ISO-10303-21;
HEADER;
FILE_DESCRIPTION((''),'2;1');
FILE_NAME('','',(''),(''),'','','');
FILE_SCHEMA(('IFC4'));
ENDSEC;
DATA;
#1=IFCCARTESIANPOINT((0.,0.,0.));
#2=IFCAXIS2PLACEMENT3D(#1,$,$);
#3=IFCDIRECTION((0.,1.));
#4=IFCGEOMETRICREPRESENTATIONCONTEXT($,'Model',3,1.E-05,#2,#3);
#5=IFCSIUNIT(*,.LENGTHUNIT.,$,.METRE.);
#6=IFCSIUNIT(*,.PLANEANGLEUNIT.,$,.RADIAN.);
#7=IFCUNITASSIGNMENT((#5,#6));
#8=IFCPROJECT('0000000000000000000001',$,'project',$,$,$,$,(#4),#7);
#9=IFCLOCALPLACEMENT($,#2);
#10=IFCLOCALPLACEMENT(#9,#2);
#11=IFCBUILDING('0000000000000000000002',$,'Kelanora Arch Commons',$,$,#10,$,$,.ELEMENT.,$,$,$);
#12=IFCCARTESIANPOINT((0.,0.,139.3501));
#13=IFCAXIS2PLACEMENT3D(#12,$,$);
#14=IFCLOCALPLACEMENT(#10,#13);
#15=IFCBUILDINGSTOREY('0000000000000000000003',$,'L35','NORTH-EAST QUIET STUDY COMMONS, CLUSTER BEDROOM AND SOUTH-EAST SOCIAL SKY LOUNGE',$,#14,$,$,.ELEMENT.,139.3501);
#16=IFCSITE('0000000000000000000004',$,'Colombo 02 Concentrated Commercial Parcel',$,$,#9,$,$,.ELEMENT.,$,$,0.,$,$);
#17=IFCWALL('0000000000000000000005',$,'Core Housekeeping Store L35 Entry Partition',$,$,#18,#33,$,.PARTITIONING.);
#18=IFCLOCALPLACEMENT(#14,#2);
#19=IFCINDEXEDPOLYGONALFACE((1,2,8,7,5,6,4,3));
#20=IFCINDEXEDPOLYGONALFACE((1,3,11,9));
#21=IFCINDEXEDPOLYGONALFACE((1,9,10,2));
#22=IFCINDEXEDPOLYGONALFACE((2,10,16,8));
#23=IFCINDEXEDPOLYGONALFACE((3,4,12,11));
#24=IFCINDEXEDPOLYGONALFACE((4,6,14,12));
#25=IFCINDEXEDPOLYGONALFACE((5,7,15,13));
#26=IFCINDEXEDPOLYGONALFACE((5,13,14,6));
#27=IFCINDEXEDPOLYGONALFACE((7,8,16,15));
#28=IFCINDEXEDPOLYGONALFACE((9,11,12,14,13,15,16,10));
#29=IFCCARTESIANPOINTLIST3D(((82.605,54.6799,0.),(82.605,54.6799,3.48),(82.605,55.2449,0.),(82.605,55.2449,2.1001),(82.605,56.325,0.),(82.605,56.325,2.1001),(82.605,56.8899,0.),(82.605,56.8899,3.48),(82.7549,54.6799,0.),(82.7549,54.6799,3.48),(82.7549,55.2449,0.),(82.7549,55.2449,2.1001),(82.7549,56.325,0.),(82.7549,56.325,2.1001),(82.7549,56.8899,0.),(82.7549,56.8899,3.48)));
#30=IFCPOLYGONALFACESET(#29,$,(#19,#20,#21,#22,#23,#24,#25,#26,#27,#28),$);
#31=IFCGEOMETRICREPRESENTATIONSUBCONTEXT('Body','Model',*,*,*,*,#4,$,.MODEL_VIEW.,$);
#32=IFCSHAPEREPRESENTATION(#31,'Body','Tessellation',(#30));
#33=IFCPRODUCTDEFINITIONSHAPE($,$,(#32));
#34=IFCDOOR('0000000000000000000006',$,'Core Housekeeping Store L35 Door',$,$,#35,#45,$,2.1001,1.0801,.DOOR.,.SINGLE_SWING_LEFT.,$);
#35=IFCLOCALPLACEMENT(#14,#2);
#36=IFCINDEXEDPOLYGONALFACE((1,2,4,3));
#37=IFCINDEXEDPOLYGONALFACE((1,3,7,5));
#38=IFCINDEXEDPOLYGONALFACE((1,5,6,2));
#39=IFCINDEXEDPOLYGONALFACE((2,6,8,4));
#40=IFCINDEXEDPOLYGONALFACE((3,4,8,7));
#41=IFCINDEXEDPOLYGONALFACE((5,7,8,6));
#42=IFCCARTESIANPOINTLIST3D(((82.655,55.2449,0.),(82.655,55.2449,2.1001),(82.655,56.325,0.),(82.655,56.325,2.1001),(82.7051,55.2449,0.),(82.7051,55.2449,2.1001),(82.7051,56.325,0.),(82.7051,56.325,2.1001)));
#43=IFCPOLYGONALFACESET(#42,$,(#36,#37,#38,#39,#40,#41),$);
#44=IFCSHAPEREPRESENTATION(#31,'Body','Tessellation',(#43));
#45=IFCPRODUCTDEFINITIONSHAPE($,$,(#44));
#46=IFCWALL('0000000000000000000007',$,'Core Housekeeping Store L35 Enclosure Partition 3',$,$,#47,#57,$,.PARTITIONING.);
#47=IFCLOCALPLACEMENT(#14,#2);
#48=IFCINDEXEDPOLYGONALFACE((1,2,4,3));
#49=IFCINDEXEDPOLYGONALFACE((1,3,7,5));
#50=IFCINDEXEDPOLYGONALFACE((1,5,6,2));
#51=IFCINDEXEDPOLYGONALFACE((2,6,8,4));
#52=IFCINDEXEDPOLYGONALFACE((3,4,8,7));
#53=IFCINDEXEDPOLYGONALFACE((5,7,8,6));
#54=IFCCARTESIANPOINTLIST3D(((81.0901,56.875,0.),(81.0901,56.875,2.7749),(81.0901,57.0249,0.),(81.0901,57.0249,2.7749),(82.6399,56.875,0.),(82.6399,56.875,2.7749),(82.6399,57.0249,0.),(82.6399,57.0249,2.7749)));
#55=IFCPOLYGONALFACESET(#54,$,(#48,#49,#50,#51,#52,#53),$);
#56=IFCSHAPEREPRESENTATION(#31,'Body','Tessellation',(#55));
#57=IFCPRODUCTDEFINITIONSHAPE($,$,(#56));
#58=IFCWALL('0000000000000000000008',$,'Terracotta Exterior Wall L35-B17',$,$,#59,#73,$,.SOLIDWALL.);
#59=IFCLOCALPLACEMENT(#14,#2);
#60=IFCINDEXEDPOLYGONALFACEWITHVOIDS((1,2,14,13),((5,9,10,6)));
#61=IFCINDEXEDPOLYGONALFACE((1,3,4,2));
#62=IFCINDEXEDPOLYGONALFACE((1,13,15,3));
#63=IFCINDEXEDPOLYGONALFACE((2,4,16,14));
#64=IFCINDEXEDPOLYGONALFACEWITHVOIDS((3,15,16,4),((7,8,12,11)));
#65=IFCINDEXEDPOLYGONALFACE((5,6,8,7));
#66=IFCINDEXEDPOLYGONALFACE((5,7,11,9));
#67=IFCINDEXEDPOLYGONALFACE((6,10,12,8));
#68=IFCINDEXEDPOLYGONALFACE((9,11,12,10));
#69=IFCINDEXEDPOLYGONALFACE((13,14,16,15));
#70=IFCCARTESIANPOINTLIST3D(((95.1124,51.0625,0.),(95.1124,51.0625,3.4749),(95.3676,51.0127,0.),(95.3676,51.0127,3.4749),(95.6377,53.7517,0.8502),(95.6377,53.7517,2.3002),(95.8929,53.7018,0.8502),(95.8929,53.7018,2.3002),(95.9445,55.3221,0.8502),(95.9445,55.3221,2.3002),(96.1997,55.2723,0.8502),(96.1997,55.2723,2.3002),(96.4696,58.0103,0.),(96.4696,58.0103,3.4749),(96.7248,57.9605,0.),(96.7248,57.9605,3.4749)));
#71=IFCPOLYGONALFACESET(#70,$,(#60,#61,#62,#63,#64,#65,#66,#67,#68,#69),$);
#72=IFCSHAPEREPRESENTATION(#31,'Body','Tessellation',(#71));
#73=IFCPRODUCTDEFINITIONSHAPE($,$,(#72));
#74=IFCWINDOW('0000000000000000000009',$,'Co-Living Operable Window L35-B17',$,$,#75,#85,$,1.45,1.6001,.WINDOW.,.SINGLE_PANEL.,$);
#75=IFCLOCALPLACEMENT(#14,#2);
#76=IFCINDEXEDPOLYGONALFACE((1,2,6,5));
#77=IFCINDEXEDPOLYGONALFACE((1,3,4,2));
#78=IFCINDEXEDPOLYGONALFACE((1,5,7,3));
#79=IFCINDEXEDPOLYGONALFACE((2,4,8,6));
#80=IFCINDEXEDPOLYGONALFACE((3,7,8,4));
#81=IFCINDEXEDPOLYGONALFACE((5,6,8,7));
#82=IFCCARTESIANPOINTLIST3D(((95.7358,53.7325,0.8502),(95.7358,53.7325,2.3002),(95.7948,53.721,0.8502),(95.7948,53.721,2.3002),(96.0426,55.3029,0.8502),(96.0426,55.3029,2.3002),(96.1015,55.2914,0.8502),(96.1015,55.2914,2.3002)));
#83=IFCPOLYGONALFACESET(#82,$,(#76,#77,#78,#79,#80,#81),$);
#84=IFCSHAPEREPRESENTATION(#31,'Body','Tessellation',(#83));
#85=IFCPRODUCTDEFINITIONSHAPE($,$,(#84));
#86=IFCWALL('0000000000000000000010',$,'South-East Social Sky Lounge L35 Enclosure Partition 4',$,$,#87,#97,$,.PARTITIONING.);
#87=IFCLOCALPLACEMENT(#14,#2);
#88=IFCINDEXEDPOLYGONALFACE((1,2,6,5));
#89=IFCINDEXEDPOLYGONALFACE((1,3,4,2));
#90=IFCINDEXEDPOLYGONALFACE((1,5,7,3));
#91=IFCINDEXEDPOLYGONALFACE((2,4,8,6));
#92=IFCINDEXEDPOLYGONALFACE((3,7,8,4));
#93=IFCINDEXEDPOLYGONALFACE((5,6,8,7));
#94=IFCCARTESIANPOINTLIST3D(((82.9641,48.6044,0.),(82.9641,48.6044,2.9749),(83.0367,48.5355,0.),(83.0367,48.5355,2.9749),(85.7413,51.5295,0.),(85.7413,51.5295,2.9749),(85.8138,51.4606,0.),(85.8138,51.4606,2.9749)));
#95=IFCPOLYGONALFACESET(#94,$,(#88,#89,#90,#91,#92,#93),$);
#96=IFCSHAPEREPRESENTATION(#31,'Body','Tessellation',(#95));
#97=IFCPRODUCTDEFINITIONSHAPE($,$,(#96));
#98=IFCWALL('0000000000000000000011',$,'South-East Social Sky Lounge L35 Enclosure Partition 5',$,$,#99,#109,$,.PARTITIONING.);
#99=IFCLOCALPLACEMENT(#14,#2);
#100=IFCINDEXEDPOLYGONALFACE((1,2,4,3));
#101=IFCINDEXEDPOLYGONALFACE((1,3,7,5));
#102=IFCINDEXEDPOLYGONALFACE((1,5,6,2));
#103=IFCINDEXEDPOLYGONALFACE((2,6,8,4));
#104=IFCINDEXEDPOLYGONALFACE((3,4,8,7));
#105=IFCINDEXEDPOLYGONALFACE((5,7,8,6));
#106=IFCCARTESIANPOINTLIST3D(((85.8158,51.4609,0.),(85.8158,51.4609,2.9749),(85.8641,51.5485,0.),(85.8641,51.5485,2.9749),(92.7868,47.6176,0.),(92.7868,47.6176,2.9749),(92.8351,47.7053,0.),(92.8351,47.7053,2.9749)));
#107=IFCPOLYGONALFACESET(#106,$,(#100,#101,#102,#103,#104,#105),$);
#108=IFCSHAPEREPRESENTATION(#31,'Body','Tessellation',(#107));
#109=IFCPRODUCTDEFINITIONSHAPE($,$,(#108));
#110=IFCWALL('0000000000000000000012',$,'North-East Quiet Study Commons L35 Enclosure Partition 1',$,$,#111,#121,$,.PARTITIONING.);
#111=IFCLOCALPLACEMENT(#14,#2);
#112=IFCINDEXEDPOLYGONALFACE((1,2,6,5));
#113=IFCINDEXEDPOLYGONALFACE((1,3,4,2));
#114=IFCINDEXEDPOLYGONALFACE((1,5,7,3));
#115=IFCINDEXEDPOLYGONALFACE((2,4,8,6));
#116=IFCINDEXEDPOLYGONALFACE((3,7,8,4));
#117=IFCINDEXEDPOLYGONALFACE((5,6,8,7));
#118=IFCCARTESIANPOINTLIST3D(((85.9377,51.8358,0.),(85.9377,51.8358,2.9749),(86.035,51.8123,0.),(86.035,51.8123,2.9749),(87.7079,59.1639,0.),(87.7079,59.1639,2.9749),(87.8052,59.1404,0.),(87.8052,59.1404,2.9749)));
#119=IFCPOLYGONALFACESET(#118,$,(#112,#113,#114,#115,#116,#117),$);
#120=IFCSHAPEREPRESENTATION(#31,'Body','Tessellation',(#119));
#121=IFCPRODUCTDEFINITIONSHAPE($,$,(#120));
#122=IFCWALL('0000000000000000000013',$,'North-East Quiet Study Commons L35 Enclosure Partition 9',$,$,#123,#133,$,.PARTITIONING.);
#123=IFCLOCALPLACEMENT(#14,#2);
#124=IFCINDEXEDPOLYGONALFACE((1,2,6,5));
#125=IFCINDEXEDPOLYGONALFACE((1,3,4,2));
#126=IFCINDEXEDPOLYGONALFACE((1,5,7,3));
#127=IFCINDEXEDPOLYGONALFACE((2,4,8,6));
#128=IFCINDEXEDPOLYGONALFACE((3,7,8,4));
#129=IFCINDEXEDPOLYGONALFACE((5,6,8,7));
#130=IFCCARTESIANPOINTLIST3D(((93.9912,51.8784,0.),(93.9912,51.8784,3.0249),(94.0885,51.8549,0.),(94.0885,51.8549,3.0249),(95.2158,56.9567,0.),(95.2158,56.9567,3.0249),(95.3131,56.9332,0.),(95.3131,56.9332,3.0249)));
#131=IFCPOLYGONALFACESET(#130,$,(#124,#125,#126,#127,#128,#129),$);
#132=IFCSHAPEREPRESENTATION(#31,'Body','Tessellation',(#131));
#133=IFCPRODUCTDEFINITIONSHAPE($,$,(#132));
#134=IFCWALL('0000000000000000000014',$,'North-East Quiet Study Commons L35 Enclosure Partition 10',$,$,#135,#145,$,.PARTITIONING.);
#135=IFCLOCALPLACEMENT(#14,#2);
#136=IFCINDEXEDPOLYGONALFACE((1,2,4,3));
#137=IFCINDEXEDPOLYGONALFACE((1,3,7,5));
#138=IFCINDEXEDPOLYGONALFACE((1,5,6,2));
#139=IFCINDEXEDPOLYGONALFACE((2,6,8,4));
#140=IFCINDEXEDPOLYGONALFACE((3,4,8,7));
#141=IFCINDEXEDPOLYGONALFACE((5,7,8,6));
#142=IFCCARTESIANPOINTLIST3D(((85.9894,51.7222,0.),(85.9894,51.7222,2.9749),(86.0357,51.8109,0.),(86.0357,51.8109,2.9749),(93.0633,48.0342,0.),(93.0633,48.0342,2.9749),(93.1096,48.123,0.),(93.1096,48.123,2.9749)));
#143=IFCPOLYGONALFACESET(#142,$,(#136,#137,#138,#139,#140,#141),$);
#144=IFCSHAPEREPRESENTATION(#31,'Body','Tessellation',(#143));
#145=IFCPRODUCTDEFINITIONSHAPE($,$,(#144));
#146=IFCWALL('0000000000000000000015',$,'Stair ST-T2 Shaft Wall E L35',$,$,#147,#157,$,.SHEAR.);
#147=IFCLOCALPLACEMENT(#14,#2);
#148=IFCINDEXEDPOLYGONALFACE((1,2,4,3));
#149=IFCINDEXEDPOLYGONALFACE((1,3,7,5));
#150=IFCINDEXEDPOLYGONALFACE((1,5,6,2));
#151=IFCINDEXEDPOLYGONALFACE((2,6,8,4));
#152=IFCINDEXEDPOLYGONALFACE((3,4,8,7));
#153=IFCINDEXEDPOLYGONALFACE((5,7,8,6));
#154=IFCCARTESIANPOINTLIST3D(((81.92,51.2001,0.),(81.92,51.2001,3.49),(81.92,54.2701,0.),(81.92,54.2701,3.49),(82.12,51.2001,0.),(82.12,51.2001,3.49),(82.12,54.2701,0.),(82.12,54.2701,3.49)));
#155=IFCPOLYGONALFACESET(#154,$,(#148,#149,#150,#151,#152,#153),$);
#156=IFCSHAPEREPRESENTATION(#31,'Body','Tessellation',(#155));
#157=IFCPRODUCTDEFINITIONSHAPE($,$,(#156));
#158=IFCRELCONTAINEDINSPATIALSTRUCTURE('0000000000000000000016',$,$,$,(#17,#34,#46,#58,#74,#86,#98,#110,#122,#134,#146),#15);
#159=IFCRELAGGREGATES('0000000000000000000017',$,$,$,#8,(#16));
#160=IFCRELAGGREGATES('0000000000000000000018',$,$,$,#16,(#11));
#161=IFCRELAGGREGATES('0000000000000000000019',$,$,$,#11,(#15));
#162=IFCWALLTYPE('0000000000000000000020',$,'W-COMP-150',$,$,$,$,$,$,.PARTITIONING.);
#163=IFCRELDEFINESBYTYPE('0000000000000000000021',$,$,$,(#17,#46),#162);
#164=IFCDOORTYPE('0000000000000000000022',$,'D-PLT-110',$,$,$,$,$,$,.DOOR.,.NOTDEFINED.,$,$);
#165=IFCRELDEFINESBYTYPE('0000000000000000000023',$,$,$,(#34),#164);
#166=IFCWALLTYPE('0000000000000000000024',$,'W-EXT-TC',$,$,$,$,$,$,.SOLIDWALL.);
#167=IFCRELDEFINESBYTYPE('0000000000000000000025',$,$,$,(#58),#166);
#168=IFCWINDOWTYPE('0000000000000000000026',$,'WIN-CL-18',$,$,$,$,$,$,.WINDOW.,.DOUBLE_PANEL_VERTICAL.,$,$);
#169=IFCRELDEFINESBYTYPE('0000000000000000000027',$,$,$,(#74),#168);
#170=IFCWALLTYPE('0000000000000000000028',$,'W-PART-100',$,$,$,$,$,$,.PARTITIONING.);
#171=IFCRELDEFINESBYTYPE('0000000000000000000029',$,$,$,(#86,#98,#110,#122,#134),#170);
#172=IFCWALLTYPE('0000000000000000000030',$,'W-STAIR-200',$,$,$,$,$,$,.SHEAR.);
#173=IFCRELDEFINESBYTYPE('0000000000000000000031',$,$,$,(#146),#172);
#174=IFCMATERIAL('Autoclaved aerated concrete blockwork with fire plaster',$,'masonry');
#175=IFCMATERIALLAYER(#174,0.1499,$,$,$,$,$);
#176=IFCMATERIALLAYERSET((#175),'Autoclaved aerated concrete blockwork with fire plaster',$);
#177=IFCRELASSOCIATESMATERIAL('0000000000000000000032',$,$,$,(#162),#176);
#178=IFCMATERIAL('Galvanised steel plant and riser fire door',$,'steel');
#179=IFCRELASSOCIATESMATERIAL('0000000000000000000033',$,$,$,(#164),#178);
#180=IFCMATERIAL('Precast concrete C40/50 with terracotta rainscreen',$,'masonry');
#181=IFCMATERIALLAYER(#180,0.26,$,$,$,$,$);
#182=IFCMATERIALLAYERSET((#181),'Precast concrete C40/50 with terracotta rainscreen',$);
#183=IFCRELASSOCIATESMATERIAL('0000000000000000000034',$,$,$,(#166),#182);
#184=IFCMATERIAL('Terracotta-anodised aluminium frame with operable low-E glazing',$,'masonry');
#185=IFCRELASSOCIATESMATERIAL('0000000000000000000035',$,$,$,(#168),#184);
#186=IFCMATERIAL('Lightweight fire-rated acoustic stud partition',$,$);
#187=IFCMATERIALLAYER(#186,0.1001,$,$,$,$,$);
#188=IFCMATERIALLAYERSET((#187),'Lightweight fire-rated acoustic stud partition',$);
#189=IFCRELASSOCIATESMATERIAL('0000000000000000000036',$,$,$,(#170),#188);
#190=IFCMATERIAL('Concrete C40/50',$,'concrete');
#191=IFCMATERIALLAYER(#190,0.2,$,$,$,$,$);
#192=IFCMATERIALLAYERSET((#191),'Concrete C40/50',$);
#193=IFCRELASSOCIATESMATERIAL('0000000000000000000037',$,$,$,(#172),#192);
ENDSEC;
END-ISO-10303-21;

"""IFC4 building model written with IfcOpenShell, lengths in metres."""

from ifc_helpers import new_model, si_unit, direction, frame, frame_2d, origin, place, context, subcontext, project, spatial, rectangle, extrude, material, layer, layer_set, type_object, element, fill, save


model = new_model("IFC4")

# Units and contexts
model_context = context("Model", 3, precision=1e-05, world=origin(), true_north=direction((0.0, 1.0)))
body_context = subcontext(model_context, "Body", "Model", "MODEL_VIEW")
ifc_project = project(units=[si_unit("LENGTHUNIT", "METRE"), si_unit("PLANEANGLEUNIT", "RADIAN")], contexts=[model_context])

# Site, building, storey
site_placement = place(None, origin())
site = spatial("IfcSite", under=ifc_project, at=site_placement, Name="Colombo 02 Concentrated Commercial Parcel", CompositionType="ELEMENT", RefElevation=0.0)
building_placement = place(site_placement, origin())
building = spatial("IfcBuilding", under=site, at=building_placement, Name="Kelanora Arch Commons", CompositionType="ELEMENT")
storey_placement = place(building_placement, frame((0.0, 0.0, 139.3501)))
storey = spatial("IfcBuildingStorey", under=building, at=storey_placement, Name="L35", Description="NORTH-EAST QUIET STUDY COMMONS, CLUSTER BEDROOM AND SOUTH-EAST SOCIAL SKY LOUNGE", CompositionType="ELEMENT", Elevation=139.3501)

# Wall, opening, door
ifc_material_1 = material(Name="Autoclaved aerated concrete blockwork with fire plaster", Category="masonry")
ifc_layer_1 = layer(ifc_material_1, 0.1499)
ifc_layer_set_1 = layer_set([ifc_layer_1], Name="Autoclaved aerated concrete blockwork with fire plaster")
wall_type_1 = type_object("IfcWallType", Name="W-COMP-150", PredefinedType="PARTITIONING", material=ifc_layer_set_1)
wall_1_placement = place(storey_placement, frame((82.6799, 54.6799, 0.0), z_axis=(0.0, 0.0, 1.0), x_axis=(0.0, 1.0, 0.0)))
wall_1 = element("IfcWall", 1, at=wall_1_placement, inside=storey, type_object=wall_type_1, Name="Core Housekeeping Store L35 Entry Partition", PredefinedType="PARTITIONING", context=body_context, shape_type="SweptSolid", body=[
    extrude(rectangle(XDim=2.21, YDim=0.1499, at=frame_2d((1.105, 0.0))), origin(), (0.0, 0.0, 1.0), 3.48),
])
opening_1_placement = place(wall_1_placement, frame((0.5649, 0.0, 0.0)))
opening_1 = element("IfcOpeningElement", 2, at=opening_1_placement, cuts=wall_1, PredefinedType="OPENING", context=body_context, shape_type="SweptSolid", body=[
    extrude(rectangle(XDim=1.0801, YDim=2.1001, at=frame_2d((0.54, 1.05))), frame((0.0, 0.085, 0.0), z_axis=(0.0, -1.0, 0.0), x_axis=(1.0, 0.0, 0.0)), (0.0, 0.0, 1.0), 0.1699),
])
ifc_material_2 = material(Name="Galvanised steel plant and riser fire door", Category="steel")
door_type = type_object("IfcDoorType", Name="D-PLT-110", OperationType="NOTDEFINED", PredefinedType="DOOR", material=ifc_material_2)
door_placement = place(opening_1_placement, origin())
door = element("IfcDoor", 3, at=door_placement, inside=storey, type_object=door_type, Name="Core Housekeeping Store L35 Door", OperationType="SINGLE_SWING_LEFT", OverallHeight=2.1001, OverallWidth=1.0801, PredefinedType="DOOR", context=body_context, shape_type="SweptSolid", body=[
    extrude(rectangle(XDim=1.0801, YDim=2.1001, at=frame_2d((0.54, 1.05))), frame((0.0, 0.0249, 0.0), z_axis=(0.0, -1.0, 0.0), x_axis=(1.0, 0.0, 0.0)), (0.0, 0.0, 1.0), 0.05),
])
fill(opening_1, door)

# Wall
wall_2_placement = place(storey_placement, frame((82.6399, 56.95, 0.0), z_axis=(0.0, 0.0, 1.0), x_axis=(-1.0, 0.0, 0.0)))
element("IfcWall", 4, at=wall_2_placement, inside=storey, type_object=wall_type_1, Name="Core Housekeeping Store L35 Enclosure Partition 3", PredefinedType="PARTITIONING", context=body_context, shape_type="SweptSolid", body=[
    extrude(rectangle(XDim=1.5498, YDim=0.1499, at=frame_2d((0.7749, 0.0))), origin(), (0.0, 0.0, 1.0), 2.7749),
])

# Wall, opening, window
ifc_material_3 = material(Name="Precast concrete C40/50 with terracotta rainscreen", Category="masonry")
ifc_layer_2 = layer(ifc_material_3, 0.26)
ifc_layer_set_2 = layer_set([ifc_layer_2], Name="Precast concrete C40/50 with terracotta rainscreen")
wall_type_2 = type_object("IfcWallType", Name="W-EXT-TC", PredefinedType="SOLIDWALL", material=ifc_layer_set_2)
wall_3_placement = place(storey_placement, frame((95.24, 51.0376, 0.0), z_axis=(0.0, 0.0, 1.0), x_axis=(0.191717, 0.98145, 0.0)))
wall_3 = element("IfcWall", 5, at=wall_3_placement, inside=storey, type_object=wall_type_2, Name="Terracotta Exterior Wall L35-B17", PredefinedType="SOLIDWALL", context=body_context, shape_type="SweptSolid", body=[
    extrude(rectangle(XDim=7.0791, YDim=0.26, at=frame_2d((3.5396, 0.0))), origin(), (0.0, 0.0, 1.0), 3.4749),
])
opening_2_placement = place(wall_3_placement, frame((2.74, 0.0, 0.8501)))
opening_2 = element("IfcOpeningElement", 6, at=opening_2_placement, cuts=wall_3, PredefinedType="OPENING", context=body_context, shape_type="SweptSolid", body=[
    extrude(rectangle(XDim=1.6001, YDim=1.45, at=frame_2d((0.8, 0.7251))), frame((0.0, 0.1401, 0.0), z_axis=(0.0, -1.0, 0.0), x_axis=(1.0, 0.0, 0.0)), (0.0, 0.0, 1.0), 0.28),
])
ifc_material_4 = material(Name="Terracotta-anodised aluminium frame with operable low-E glazing", Category="masonry")
window_type = type_object("IfcWindowType", Name="WIN-CL-18", PartitioningType="DOUBLE_PANEL_VERTICAL", PredefinedType="WINDOW", material=ifc_material_4)
window_placement = place(opening_2_placement, origin())
window = element("IfcWindow", 7, at=window_placement, inside=storey, type_object=window_type, Name="Co-Living Operable Window L35-B17", OverallHeight=1.45, OverallWidth=1.6001, PartitioningType="SINGLE_PANEL", PredefinedType="WINDOW", context=body_context, shape_type="SweptSolid", body=[
    extrude(rectangle(XDim=1.6001, YDim=1.45, at=frame_2d((0.8, 0.7251))), frame((0.0, 0.03, 0.0), z_axis=(0.0, -1.0, 0.0), x_axis=(1.0, 0.0, 0.0)), (0.0, 0.0, 1.0), 0.0601),
])
fill(opening_2, window)

# Walls
ifc_material_5 = material(Name="Lightweight fire-rated acoustic stud partition")
ifc_layer_3 = layer(ifc_material_5, 0.1001)
ifc_layer_set_3 = layer_set([ifc_layer_3], Name="Lightweight fire-rated acoustic stud partition")
wall_type_3 = type_object("IfcWallType", Name="W-PART-100", PredefinedType="PARTITIONING", material=ifc_layer_set_3)
wall_4_placement = place(storey_placement, frame((83.0005, 48.5701, 0.0), z_axis=(0.0, 0.0, 1.0), x_axis=(0.688528, 0.725209, 0.0)))
element("IfcWall", 8, at=wall_4_placement, inside=storey, type_object=wall_type_3, Name="South-East Social Sky Lounge L35 Enclosure Partition 4", PredefinedType="PARTITIONING", context=body_context, shape_type="SweptSolid", body=[
    extrude(rectangle(XDim=4.0334, YDim=0.1001, at=frame_2d((2.0166, 0.0))), origin(), (0.0, 0.0, 1.0), 2.9749),
])
wall_5_placement = place(storey_placement, frame((85.8401, 51.5046, 0.0), z_axis=(0.0, 0.0, 1.0), x_axis=(0.875725, -0.48281, 0.0)))
element("IfcWall", 9, at=wall_5_placement, inside=storey, type_object=wall_type_3, Name="South-East Social Sky Lounge L35 Enclosure Partition 5", PredefinedType="PARTITIONING", context=body_context, shape_type="SweptSolid", body=[
    extrude(rectangle(XDim=7.9602, YDim=0.1001, at=frame_2d((3.98, 0.0))), origin(), (0.0, 0.0, 1.0), 2.9749),
])
wall_6_placement = place(storey_placement, frame((85.9863, 51.824, 0.0), z_axis=(0.0, 0.0, 1.0), x_axis=(0.234817, 0.97204, 0.0)))
element("IfcWall", 10, at=wall_6_placement, inside=storey, type_object=wall_type_3, Name="North-East Quiet Study Commons L35 Enclosure Partition 1", PredefinedType="PARTITIONING", context=body_context, shape_type="SweptSolid", body=[
    extrude(rectangle(XDim=7.5388, YDim=0.1001, at=frame_2d((3.7695, 0.0))), origin(), (0.0, 0.0, 1.0), 2.9749),
])
wall_7_placement = place(storey_placement, frame((95.2644, 56.9448, 0.0), z_axis=(0.0, 0.0, 1.0), x_axis=(-0.234423, -0.972135, 0.0)))
element("IfcWall", 11, at=wall_7_placement, inside=storey, type_object=wall_type_3, Name="North-East Quiet Study Commons L35 Enclosure Partition 9", PredefinedType="PARTITIONING", context=body_context, shape_type="SweptSolid", body=[
    extrude(rectangle(XDim=5.2239, YDim=0.1001, at=frame_2d((2.6118, 0.0))), origin(), (0.0, 0.0, 1.0), 3.0249),
])
wall_8_placement = place(storey_placement, frame((93.0864, 48.0786, 0.0), z_axis=(0.0, 0.0, 1.0), x_axis=(-0.886728, 0.462292, 0.0)))
element("IfcWall", 12, at=wall_8_placement, inside=storey, type_object=wall_type_3, Name="North-East Quiet Study Commons L35 Enclosure Partition 10", PredefinedType="PARTITIONING", context=body_context, shape_type="SweptSolid", body=[
    extrude(rectangle(XDim=7.9775, YDim=0.1001, at=frame_2d((3.9888, 0.0))), origin(), (0.0, 0.0, 1.0), 2.9749),
])
ifc_material_6 = material(Name="Concrete C40/50", Category="concrete")
ifc_layer_4 = layer(ifc_material_6, 0.2)
ifc_layer_set_4 = layer_set([ifc_layer_4], Name="Concrete C40/50")
wall_type_4 = type_object("IfcWallType", Name="W-STAIR-200", PredefinedType="SHEAR", material=ifc_layer_set_4)
wall_9_placement = place(storey_placement, frame((82.02, 51.2, 0.0), z_axis=(0.0, 0.0, 1.0), x_axis=(0.0, 1.0, 0.0)))
element("IfcWall", 13, at=wall_9_placement, inside=storey, type_object=wall_type_4, Name="Stair ST-T2 Shaft Wall E L35", PredefinedType="SHEAR", context=body_context, shape_type="SweptSolid", body=[
    extrude(rectangle(XDim=3.0701, YDim=0.2, at=frame_2d((1.5352, 0.0))), origin(), (0.0, 0.0, 1.0), 3.49),
])

save(model, "model.ifc")
